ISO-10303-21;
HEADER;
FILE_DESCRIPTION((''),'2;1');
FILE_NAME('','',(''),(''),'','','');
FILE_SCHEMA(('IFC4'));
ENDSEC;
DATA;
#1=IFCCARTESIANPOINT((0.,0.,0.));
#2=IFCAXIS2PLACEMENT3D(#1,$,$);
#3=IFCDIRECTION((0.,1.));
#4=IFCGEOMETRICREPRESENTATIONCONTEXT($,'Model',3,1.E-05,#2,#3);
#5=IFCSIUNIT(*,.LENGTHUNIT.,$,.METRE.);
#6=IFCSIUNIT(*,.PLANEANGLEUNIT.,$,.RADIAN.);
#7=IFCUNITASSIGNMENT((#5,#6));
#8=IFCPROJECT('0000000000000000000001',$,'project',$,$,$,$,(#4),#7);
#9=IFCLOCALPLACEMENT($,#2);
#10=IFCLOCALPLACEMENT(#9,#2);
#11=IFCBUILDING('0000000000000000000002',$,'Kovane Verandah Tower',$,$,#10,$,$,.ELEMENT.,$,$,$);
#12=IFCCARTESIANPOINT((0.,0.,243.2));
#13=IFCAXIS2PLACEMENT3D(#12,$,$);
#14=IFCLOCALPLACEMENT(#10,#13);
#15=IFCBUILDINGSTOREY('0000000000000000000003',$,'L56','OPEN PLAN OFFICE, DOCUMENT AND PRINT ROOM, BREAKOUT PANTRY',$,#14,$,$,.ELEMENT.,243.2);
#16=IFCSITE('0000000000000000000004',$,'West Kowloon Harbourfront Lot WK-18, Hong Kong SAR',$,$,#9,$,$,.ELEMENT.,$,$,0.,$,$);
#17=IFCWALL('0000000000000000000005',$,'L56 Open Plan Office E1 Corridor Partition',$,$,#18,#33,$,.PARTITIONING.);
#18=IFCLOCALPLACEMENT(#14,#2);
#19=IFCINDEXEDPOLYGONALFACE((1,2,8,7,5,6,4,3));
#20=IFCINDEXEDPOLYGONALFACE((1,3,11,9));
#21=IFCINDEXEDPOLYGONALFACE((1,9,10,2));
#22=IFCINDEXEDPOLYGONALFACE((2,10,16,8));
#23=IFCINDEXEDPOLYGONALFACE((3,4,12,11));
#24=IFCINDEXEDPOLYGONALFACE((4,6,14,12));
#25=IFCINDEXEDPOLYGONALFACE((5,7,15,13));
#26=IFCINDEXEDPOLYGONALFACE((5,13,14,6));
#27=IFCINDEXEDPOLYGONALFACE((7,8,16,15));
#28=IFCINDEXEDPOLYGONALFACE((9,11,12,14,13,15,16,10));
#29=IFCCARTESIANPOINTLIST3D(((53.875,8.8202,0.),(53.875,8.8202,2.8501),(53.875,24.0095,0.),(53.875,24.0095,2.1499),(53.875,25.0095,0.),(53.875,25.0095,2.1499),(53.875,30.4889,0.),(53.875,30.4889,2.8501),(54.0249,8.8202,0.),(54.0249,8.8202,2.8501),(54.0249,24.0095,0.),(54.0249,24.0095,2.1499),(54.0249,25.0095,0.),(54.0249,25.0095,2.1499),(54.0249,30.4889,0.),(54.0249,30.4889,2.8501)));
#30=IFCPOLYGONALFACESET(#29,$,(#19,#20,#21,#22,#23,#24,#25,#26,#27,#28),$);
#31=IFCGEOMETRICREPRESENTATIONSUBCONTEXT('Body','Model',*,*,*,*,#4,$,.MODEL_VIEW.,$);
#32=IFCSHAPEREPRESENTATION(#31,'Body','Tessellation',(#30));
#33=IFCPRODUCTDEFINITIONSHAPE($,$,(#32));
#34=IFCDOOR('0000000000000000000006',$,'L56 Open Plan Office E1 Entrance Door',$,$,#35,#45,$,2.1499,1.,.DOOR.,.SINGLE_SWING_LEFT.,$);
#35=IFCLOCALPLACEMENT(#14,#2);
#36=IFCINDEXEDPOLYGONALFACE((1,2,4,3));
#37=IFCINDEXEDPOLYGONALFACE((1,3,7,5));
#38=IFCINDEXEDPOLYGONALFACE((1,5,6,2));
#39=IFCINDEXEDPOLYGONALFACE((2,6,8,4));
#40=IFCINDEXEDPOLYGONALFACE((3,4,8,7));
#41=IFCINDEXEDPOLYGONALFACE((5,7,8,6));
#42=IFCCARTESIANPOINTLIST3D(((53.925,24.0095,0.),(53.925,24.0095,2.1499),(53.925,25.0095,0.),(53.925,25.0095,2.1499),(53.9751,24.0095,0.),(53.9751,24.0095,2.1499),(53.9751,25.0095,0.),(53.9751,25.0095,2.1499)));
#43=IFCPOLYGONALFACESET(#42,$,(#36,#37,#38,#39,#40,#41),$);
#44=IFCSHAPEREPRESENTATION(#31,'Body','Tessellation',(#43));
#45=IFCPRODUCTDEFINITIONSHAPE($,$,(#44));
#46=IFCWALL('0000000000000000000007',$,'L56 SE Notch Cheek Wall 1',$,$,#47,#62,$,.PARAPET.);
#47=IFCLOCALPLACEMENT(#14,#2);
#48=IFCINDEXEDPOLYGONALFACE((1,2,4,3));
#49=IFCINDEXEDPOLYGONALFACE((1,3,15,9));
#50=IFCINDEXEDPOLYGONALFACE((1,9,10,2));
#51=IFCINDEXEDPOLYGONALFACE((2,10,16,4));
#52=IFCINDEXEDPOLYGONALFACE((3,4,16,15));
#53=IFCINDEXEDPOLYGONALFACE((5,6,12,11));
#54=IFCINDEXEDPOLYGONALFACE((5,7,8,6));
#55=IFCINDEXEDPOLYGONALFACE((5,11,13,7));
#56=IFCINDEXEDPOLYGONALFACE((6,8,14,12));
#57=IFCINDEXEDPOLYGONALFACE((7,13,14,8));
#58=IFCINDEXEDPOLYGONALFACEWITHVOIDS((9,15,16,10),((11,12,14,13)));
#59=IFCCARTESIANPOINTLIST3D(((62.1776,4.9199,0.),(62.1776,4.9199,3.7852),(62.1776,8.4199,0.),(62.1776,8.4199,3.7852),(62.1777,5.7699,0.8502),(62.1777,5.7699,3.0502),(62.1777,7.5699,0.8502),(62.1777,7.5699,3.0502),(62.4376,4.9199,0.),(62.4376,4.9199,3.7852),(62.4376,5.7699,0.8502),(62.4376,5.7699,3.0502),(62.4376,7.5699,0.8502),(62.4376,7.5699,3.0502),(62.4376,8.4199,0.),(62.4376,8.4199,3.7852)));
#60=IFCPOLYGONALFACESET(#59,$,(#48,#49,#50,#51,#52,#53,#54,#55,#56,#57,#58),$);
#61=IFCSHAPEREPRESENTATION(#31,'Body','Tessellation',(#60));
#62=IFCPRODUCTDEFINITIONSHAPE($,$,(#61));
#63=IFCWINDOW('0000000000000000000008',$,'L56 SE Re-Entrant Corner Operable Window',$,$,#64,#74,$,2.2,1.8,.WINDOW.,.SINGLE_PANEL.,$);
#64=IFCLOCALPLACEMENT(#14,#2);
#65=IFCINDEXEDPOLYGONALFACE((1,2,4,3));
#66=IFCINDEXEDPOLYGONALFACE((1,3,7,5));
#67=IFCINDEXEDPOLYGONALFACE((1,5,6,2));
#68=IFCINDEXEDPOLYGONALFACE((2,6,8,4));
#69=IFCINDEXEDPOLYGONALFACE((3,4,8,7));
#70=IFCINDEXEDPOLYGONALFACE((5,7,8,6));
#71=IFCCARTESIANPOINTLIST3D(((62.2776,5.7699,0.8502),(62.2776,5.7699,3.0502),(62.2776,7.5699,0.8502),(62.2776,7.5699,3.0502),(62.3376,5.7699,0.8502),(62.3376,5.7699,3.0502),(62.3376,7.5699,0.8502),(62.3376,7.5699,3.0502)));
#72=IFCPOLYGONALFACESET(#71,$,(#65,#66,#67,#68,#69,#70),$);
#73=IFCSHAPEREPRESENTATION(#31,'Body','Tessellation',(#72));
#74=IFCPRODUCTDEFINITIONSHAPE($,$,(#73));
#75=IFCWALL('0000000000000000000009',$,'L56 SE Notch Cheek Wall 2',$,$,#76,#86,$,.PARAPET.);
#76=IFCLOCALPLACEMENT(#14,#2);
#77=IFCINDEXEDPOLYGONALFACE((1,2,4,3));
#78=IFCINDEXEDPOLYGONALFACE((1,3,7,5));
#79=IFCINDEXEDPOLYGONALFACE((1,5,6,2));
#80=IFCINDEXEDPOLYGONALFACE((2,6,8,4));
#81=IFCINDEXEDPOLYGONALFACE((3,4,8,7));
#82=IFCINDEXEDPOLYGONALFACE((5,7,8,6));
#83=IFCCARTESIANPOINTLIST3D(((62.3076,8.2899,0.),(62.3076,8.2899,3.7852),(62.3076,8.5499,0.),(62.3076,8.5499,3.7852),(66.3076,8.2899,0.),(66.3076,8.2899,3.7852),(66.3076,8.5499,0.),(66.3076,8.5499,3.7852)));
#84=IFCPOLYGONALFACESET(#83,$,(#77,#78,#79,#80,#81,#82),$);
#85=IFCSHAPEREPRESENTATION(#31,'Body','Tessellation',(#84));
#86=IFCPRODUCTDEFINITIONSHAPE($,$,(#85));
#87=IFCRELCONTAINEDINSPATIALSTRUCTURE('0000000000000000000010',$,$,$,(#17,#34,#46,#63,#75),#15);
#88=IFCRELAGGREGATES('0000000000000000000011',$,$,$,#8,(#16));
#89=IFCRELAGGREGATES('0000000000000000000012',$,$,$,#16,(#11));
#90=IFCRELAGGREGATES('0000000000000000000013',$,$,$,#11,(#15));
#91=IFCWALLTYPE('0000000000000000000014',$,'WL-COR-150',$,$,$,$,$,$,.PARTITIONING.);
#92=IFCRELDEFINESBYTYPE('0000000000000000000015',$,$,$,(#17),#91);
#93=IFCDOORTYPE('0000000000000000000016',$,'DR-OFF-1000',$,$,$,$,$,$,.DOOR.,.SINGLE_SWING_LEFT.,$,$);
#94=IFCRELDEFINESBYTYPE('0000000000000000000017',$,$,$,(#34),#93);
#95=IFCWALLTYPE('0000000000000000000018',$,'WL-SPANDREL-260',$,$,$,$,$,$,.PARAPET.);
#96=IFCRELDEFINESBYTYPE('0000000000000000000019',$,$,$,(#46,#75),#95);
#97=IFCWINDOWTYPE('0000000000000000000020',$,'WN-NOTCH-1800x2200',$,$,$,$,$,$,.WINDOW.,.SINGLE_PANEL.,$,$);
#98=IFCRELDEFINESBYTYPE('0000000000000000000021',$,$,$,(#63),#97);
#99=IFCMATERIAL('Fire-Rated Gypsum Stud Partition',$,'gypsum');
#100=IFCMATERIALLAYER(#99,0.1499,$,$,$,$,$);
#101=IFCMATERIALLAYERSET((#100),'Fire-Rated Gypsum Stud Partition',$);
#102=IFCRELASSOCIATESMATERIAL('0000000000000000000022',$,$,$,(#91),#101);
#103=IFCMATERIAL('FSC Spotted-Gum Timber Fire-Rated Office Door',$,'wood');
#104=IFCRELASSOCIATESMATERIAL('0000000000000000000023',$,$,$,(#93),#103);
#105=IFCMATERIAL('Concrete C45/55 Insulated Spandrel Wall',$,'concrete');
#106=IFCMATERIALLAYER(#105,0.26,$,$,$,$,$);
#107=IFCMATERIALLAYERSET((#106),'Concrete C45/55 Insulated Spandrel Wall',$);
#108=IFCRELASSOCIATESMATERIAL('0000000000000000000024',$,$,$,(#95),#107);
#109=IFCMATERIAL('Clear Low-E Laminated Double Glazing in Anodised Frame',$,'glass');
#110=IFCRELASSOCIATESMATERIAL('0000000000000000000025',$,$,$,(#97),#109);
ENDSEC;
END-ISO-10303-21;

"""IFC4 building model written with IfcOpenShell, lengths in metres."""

from ifc_helpers import new_model, si_unit, direction, frame, frame_2d, origin, place, context, subcontext, project, spatial, rectangle, extrude, material, layer, layer_set, type_object, element, fill, save


model = new_model("IFC4")

# Units and contexts
model_context = context("Model", 3, precision=1e-05, world=origin(), true_north=direction((0.0, 1.0)))
body_context = subcontext(model_context, "Body", "Model", "MODEL_VIEW")
ifc_project = project(units=[si_unit("LENGTHUNIT", "METRE"), si_unit("PLANEANGLEUNIT", "RADIAN")], contexts=[model_context])

# Site, building, storey
site_placement = place(None, origin())
site = spatial("IfcSite", under=ifc_project, at=site_placement, Name="West Kowloon Harbourfront Lot WK-18, Hong Kong SAR", CompositionType="ELEMENT", RefElevation=0.0)
building_placement = place(site_placement, origin())
building = spatial("IfcBuilding", under=site, at=building_placement, Name="Kovane Verandah Tower", CompositionType="ELEMENT")
storey_placement = place(building_placement, frame((0.0, 0.0, 243.2)))
storey = spatial("IfcBuildingStorey", under=building, at=storey_placement, Name="L56", Description="OPEN PLAN OFFICE, DOCUMENT AND PRINT ROOM, BREAKOUT PANTRY", CompositionType="ELEMENT", Elevation=243.2)

# Wall, opening, door
ifc_material_1 = material(Name="Fire-Rated Gypsum Stud Partition", Category="gypsum")
ifc_layer_1 = layer(ifc_material_1, 0.1499)
ifc_layer_set_1 = layer_set([ifc_layer_1], Name="Fire-Rated Gypsum Stud Partition")
wall_type_1 = type_object("IfcWallType", Name="WL-COR-150", PredefinedType="PARTITIONING", material=ifc_layer_set_1)
wall_1_placement = place(storey_placement, frame((53.95, 8.8201, 0.0), z_axis=(0.0, 0.0, 1.0), x_axis=(0.0, 1.0, 0.0)))
wall_1 = element("IfcWall", 1, at=wall_1_placement, inside=storey, type_object=wall_type_1, Name="L56 Open Plan Office E1 Corridor Partition", PredefinedType="PARTITIONING", context=body_context, shape_type="SweptSolid", body=[
    extrude(rectangle(XDim=21.6687, YDim=0.1499, at=frame_2d((10.8345, 0.0))), origin(), (0.0, 0.0, 1.0), 2.8501),
])
opening_1_placement = place(wall_1_placement, frame((15.1895, 0.0, 0.0)))
opening_1 = element("IfcOpeningElement", 2, at=opening_1_placement, cuts=wall_1, PredefinedType="OPENING", context=body_context, shape_type="SweptSolid", body=[
    extrude(rectangle(XDim=1.0, YDim=2.1499, at=frame_2d((0.5, 1.075))), frame((0.0, 0.075, 0.0), z_axis=(0.0, -1.0, 0.0), x_axis=(1.0, 0.0, 0.0)), (0.0, 0.0, 1.0), 0.1499),
])
ifc_material_2 = material(Name="FSC Spotted-Gum Timber Fire-Rated Office Door", Category="wood")
door_type = type_object("IfcDoorType", Name="DR-OFF-1000", OperationType="SINGLE_SWING_LEFT", PredefinedType="DOOR", material=ifc_material_2)
door_placement = place(opening_1_placement, origin())
door = element("IfcDoor", 3, at=door_placement, inside=storey, type_object=door_type, Name="L56 Open Plan Office E1 Entrance Door", OperationType="SINGLE_SWING_LEFT", OverallHeight=2.1499, OverallWidth=1.0, PredefinedType="DOOR", context=body_context, shape_type="SweptSolid", body=[
    extrude(rectangle(XDim=1.0, YDim=2.1499, at=frame_2d((0.5, 1.075))), frame((0.0, 0.0249, 0.0), z_axis=(0.0, -1.0, 0.0), x_axis=(1.0, 0.0, 0.0)), (0.0, 0.0, 1.0), 0.05),
])
fill(opening_1, door)

# Wall, opening, window
ifc_material_3 = material(Name="Concrete C45/55 Insulated Spandrel Wall", Category="concrete")
ifc_layer_2 = layer(ifc_material_3, 0.26)
ifc_layer_set_2 = layer_set([ifc_layer_2], Name="Concrete C45/55 Insulated Spandrel Wall")
wall_type_2 = type_object("IfcWallType", Name="WL-SPANDREL-260", PredefinedType="PARAPET", material=ifc_layer_set_2)
wall_2_placement = place(storey_placement, frame((62.3076, 4.9199, 0.0), z_axis=(0.0, 0.0, 1.0), x_axis=(0.0, 1.0, 0.0)))
wall_2 = element("IfcWall", 4, at=wall_2_placement, inside=storey, type_object=wall_type_2, Name="L56 SE Notch Cheek Wall 1", PredefinedType="PARAPET", context=body_context, shape_type="SweptSolid", body=[
    extrude(rectangle(XDim=3.5, YDim=0.26, at=frame_2d((1.75, 0.0))), origin(), (0.0, 0.0, 1.0), 3.7852),
])
opening_2_placement = place(wall_2_placement, frame((0.8501, 0.0, 0.8501)))
opening_2 = element("IfcOpeningElement", 5, at=opening_2_placement, cuts=wall_2, PredefinedType="OPENING", context=body_context, shape_type="SweptSolid", body=[
    extrude(rectangle(XDim=1.8, YDim=2.2, at=frame_2d((0.8999, 1.1001))), frame((0.0, 0.1299, 0.0), z_axis=(0.0, -1.0, 0.0), x_axis=(1.0, 0.0, 0.0)), (0.0, 0.0, 1.0), 0.26),
])
ifc_material_4 = material(Name="Clear Low-E Laminated Double Glazing in Anodised Frame", Category="glass")
window_type = type_object("IfcWindowType", Name="WN-NOTCH-1800x2200", PartitioningType="SINGLE_PANEL", PredefinedType="WINDOW", material=ifc_material_4)
window_placement = place(opening_2_placement, origin())
window = element("IfcWindow", 6, at=window_placement, inside=storey, type_object=window_type, Name="L56 SE Re-Entrant Corner Operable Window", OverallHeight=2.2, OverallWidth=1.8, PartitioningType="SINGLE_PANEL", PredefinedType="WINDOW", context=body_context, shape_type="SweptSolid", body=[
    extrude(rectangle(XDim=1.8, YDim=2.2, at=frame_2d((0.8999, 1.1001))), frame((0.0, 0.03, 0.0), z_axis=(0.0, -1.0, 0.0), x_axis=(1.0, 0.0, 0.0)), (0.0, 0.0, 1.0), 0.0601),
])
fill(opening_2, window)

# Wall
wall_3_placement = place(storey_placement, frame((62.3076, 8.4199, 0.0), z_axis=(0.0, 0.0, 1.0), x_axis=(1.0, 0.0, 0.0)))
element("IfcWall", 7, at=wall_3_placement, inside=storey, type_object=wall_type_2, Name="L56 SE Notch Cheek Wall 2", PredefinedType="PARAPET", context=body_context, shape_type="SweptSolid", body=[
    extrude(rectangle(XDim=4.0, YDim=0.26, at=frame_2d((2.0, 0.0))), origin(), (0.0, 0.0, 1.0), 3.7852),
])

save(model, "model.ifc")
